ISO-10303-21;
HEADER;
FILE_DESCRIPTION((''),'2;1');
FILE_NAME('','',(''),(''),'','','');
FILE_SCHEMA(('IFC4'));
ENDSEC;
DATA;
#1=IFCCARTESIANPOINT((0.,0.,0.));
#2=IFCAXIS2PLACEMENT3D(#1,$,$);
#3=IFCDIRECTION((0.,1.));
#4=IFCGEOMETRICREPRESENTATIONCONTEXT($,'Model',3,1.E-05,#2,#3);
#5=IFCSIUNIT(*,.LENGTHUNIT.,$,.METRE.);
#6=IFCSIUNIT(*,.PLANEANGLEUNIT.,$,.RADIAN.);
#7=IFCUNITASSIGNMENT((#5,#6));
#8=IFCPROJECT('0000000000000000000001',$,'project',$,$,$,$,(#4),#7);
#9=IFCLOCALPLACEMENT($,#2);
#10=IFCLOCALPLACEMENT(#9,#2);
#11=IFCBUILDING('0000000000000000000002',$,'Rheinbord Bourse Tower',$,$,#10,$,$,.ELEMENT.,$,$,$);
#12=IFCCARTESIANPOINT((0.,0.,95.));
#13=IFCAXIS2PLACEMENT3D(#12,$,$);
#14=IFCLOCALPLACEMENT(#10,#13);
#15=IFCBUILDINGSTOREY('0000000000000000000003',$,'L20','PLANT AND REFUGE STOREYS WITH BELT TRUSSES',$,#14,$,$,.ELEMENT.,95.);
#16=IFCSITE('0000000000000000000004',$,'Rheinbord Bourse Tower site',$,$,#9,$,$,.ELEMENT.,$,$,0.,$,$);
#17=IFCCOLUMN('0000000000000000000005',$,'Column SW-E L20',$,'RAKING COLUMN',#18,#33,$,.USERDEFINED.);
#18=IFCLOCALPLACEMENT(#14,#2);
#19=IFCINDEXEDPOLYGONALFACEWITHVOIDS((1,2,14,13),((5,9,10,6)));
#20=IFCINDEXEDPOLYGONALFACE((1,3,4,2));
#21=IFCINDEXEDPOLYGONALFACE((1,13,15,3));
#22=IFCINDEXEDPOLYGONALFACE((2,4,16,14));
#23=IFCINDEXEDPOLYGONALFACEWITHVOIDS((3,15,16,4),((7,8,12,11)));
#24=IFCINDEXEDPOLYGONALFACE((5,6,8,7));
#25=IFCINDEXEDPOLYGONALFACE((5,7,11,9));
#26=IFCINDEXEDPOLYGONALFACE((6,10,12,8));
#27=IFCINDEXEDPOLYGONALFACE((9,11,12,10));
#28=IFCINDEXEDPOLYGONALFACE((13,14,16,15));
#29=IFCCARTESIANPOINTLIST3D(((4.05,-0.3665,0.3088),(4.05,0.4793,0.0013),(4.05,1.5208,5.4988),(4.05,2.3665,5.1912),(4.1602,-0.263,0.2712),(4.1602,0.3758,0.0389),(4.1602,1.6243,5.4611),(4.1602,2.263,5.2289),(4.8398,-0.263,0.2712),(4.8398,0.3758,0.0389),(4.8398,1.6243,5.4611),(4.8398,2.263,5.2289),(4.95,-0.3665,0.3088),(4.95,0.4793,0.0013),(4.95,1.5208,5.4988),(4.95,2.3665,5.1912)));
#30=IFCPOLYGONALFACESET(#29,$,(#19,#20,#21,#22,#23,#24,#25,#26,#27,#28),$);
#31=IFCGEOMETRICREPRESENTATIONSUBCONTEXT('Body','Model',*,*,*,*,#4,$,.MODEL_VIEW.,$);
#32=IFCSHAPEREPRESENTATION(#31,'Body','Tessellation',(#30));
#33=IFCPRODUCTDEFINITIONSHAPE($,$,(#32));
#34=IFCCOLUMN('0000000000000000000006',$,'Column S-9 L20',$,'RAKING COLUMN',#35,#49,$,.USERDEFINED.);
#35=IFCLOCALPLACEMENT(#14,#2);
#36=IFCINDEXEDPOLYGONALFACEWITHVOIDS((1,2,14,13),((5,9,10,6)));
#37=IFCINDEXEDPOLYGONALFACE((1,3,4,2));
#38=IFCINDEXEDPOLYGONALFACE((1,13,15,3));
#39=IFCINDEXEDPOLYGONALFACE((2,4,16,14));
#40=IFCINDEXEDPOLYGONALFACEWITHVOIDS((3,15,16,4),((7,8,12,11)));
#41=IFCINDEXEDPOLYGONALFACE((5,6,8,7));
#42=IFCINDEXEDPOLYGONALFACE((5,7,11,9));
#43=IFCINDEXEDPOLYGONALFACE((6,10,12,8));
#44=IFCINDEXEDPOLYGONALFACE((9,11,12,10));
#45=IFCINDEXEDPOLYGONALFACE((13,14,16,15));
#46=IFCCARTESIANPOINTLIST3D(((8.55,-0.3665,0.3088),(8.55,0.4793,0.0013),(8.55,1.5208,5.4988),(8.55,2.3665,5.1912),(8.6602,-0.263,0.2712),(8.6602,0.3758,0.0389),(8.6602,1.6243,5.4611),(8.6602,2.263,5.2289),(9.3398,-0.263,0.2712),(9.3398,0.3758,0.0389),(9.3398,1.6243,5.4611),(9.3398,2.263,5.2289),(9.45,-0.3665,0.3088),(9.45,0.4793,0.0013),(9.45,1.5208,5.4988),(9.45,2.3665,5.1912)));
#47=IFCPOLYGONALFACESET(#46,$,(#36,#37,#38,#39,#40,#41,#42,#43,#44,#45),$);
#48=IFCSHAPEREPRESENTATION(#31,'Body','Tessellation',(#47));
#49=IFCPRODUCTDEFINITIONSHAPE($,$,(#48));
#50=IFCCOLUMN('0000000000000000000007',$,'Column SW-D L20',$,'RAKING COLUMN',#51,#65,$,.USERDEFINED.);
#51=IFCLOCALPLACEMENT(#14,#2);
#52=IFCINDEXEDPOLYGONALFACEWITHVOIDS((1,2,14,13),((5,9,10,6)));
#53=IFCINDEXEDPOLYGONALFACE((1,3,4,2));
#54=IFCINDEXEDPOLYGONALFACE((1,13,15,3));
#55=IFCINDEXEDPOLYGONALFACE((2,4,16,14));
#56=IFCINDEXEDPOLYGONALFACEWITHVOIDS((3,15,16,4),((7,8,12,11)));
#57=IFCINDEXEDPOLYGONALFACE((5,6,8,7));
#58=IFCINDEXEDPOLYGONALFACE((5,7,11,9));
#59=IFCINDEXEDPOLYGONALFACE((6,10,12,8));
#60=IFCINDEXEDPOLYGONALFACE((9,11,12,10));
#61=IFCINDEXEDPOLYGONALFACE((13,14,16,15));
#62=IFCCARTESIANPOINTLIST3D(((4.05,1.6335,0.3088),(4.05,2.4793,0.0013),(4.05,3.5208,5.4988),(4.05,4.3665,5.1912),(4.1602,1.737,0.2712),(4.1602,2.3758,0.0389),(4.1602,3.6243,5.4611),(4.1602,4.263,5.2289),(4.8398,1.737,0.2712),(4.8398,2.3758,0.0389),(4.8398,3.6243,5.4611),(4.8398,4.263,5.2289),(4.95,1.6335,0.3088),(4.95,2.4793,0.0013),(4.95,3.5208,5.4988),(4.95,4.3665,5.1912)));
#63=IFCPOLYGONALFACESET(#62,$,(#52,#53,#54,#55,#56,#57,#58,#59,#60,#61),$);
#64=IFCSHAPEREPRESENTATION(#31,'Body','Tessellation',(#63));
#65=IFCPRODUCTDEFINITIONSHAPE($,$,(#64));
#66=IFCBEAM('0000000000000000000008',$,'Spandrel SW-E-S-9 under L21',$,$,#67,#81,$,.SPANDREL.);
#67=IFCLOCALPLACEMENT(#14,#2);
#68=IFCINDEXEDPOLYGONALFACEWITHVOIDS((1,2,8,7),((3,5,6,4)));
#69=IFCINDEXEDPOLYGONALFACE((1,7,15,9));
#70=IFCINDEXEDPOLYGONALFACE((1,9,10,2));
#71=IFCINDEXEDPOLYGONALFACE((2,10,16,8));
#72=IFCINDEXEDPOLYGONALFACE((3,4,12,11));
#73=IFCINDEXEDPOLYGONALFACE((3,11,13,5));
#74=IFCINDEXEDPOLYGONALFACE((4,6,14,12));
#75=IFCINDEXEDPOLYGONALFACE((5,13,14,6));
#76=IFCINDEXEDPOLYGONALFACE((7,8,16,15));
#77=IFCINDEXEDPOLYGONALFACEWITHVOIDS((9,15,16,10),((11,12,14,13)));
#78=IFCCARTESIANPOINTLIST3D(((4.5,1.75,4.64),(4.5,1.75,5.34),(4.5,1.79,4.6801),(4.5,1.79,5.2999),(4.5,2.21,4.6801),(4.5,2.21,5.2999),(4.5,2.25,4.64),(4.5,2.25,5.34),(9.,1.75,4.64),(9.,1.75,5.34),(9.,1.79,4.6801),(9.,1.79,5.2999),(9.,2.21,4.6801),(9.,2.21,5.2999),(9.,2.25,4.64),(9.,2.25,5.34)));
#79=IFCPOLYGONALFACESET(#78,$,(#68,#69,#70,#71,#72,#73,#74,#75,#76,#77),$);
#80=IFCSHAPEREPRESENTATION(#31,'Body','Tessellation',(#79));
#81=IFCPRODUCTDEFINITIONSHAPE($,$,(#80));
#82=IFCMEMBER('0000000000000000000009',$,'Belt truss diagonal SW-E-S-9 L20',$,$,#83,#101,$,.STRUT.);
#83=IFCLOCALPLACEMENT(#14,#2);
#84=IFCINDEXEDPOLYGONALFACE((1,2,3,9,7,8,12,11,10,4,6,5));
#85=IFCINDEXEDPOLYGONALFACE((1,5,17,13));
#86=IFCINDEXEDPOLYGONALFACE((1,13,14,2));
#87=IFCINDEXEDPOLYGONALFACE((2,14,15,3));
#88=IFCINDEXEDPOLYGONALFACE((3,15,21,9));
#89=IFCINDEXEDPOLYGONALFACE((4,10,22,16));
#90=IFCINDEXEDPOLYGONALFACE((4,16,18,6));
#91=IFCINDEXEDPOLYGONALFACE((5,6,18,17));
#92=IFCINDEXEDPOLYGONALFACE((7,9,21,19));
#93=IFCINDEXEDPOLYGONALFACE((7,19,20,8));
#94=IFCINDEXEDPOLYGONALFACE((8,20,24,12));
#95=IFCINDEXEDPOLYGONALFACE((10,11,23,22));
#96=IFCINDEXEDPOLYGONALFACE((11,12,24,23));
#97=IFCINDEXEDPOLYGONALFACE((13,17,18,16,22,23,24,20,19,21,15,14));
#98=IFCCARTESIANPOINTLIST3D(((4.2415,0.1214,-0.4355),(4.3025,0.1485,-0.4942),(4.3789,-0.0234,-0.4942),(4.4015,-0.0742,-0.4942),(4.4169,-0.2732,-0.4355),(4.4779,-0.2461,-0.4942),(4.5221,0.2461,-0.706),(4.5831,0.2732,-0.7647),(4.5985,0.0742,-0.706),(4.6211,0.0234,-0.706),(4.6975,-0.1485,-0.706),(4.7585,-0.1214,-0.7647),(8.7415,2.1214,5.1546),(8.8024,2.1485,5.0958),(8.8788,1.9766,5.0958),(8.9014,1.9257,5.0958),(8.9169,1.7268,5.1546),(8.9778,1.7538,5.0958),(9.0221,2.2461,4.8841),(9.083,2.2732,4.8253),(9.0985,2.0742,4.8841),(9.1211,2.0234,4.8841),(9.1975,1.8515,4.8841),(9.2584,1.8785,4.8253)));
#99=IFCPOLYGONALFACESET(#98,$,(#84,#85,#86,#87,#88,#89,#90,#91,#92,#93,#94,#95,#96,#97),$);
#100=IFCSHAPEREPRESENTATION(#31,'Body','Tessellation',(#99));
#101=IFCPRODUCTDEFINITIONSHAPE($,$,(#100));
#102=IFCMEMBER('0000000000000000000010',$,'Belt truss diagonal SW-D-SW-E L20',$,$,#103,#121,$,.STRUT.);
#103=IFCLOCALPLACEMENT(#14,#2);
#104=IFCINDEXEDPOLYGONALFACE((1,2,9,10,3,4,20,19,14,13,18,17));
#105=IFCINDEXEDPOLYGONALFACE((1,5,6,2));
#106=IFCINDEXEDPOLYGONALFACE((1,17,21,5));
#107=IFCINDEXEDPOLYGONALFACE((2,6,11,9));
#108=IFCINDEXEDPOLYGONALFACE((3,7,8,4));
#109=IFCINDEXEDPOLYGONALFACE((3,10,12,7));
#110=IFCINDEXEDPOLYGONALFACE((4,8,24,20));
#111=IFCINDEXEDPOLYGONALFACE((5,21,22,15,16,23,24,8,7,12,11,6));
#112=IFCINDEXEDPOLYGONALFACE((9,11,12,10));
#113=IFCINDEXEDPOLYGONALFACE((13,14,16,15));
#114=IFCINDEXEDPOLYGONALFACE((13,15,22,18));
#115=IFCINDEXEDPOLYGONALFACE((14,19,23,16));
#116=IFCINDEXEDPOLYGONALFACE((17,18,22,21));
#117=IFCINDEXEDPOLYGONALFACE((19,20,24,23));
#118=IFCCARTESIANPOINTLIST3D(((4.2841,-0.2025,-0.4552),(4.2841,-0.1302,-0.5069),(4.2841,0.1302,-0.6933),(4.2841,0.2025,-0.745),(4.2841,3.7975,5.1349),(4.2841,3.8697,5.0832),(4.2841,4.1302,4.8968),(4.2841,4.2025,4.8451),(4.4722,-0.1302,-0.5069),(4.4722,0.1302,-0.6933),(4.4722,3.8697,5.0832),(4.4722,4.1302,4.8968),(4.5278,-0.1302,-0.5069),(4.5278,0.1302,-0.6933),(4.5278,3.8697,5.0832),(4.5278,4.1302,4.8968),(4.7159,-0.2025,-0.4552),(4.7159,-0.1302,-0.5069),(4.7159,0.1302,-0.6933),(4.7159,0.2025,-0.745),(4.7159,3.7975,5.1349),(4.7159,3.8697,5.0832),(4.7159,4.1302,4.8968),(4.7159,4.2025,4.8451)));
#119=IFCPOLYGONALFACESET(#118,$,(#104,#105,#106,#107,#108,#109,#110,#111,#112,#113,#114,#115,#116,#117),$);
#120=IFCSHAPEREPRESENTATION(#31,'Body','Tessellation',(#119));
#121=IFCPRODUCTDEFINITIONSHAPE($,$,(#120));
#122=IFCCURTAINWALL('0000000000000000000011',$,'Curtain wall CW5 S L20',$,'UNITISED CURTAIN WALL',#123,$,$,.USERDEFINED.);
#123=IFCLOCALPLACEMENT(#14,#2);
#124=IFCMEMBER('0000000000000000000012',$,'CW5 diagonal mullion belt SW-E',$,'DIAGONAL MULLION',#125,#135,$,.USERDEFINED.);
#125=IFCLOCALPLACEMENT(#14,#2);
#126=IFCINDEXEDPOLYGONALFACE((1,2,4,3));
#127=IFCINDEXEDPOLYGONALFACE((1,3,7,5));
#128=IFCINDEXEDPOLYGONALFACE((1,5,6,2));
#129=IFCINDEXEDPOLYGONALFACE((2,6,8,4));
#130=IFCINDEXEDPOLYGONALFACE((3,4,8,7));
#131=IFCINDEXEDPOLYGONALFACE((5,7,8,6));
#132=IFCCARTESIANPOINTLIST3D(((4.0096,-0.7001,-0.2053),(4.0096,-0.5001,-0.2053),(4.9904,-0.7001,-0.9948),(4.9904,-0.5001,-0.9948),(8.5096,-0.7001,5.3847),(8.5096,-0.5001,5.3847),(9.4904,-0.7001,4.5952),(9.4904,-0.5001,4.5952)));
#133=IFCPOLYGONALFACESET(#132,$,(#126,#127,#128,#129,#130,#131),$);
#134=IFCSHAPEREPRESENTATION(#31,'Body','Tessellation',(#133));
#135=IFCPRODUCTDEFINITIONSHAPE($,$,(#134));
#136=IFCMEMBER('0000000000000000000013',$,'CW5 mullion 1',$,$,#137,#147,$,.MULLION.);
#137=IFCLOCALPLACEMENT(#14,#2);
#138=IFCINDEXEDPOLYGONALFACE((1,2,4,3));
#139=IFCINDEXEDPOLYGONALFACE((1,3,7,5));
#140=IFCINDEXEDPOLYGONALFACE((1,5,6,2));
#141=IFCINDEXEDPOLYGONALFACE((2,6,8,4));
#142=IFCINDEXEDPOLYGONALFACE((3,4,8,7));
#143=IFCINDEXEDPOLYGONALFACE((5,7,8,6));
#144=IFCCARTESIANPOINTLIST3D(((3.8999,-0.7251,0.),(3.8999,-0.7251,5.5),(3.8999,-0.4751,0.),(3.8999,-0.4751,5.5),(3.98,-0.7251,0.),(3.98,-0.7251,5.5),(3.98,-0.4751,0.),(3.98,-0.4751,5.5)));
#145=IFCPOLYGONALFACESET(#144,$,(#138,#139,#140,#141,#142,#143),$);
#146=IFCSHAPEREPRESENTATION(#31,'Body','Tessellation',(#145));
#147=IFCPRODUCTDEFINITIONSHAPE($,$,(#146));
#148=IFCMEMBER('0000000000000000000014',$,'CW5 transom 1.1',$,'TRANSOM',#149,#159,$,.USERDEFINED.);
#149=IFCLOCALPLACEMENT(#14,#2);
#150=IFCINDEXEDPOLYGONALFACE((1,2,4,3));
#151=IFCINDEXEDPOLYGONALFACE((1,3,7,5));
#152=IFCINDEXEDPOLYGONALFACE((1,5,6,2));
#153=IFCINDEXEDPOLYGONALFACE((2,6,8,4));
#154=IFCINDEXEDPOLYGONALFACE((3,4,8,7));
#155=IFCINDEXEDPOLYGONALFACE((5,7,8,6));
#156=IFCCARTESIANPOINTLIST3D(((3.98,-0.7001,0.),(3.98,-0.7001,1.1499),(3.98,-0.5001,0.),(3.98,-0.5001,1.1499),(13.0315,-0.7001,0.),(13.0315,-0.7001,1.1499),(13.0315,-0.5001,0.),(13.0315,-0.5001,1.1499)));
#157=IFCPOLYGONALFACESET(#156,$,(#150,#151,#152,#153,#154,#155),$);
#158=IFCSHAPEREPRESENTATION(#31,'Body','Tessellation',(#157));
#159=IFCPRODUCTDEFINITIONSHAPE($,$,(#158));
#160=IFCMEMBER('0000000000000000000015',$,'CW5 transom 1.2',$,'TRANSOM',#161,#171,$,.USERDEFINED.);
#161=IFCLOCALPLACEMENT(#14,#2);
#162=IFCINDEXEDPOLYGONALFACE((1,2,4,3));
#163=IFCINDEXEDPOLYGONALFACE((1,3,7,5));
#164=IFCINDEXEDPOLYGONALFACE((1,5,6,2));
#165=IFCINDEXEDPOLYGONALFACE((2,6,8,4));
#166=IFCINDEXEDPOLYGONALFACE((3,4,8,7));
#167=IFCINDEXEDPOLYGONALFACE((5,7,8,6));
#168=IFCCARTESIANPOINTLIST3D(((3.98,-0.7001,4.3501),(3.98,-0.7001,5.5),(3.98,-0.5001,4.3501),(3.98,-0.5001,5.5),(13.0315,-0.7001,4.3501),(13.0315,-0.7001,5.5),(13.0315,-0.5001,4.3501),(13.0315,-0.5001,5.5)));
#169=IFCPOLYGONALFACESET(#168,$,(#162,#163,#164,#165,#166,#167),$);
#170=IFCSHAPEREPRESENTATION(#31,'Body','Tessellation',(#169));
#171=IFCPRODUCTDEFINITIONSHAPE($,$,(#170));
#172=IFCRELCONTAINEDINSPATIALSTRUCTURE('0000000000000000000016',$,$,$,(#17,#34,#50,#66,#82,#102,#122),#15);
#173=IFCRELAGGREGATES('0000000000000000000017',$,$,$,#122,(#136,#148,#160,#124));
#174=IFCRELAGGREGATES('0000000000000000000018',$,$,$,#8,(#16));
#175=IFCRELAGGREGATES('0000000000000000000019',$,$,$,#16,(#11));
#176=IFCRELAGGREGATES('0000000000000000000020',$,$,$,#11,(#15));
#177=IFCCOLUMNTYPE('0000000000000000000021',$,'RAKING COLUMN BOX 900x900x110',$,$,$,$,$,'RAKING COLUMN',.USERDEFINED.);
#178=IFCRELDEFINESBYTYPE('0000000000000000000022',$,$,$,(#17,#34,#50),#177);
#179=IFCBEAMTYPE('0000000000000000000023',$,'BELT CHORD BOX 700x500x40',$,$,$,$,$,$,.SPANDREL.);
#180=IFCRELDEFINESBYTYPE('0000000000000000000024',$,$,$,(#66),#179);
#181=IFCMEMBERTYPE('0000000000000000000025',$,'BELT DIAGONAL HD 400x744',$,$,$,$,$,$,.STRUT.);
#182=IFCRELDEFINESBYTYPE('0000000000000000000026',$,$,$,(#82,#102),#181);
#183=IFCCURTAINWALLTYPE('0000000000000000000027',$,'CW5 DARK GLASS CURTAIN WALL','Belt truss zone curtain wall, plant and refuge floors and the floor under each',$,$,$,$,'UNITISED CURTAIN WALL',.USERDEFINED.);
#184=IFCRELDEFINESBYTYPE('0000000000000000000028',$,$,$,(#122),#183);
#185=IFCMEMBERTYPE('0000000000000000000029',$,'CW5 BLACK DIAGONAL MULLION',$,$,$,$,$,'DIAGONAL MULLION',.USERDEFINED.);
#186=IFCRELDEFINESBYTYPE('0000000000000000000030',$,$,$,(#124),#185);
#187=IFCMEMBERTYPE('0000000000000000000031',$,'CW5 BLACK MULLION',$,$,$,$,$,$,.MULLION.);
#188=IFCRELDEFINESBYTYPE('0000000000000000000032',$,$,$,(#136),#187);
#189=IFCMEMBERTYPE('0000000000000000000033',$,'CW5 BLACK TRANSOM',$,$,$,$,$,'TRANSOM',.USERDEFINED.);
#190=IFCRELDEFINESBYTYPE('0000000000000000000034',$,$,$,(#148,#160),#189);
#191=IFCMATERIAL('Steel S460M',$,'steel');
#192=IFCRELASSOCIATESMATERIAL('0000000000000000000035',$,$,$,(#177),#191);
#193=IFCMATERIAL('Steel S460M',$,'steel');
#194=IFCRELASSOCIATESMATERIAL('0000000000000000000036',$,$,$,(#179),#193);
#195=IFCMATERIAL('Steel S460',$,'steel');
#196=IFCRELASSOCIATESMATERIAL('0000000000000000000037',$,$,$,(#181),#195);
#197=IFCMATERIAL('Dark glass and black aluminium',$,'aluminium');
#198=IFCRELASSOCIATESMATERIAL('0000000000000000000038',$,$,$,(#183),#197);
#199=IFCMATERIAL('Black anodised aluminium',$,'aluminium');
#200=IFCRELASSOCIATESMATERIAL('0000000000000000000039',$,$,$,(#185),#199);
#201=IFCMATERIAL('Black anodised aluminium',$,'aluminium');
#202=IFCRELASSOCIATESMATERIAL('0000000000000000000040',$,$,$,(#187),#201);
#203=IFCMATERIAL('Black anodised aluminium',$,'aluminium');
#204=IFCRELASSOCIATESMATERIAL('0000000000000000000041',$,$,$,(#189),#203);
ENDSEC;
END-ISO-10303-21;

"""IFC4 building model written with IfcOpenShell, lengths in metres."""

from ifc_helpers import new_model, si_unit, direction, frame, origin, origin_2d, place, context, subcontext, project, spatial, rectangle, hollow_rectangle, i_section, extrude, material, material_profile, profile_set, type_object, element, aggregate, save


model = new_model("IFC4")

# Units and contexts
model_context = context("Model", 3, precision=1e-05, world=origin(), true_north=direction((0.0, 1.0)))
body_context = subcontext(model_context, "Body", "Model", "MODEL_VIEW")
ifc_project = project(units=[si_unit("LENGTHUNIT", "METRE"), si_unit("PLANEANGLEUNIT", "RADIAN")], contexts=[model_context])

# Site, building, storey
site_placement = place(None, origin())
site = spatial("IfcSite", under=ifc_project, at=site_placement, Name="Rheinbord Bourse Tower site", CompositionType="ELEMENT", RefElevation=0.0)
building_placement = place(site_placement, origin())
building = spatial("IfcBuilding", under=site, at=building_placement, Name="Rheinbord Bourse Tower", CompositionType="ELEMENT")
storey_placement = place(building_placement, frame((0.0, 0.0, 95.0)))
storey = spatial("IfcBuildingStorey", under=building, at=storey_placement, Name="L20", Description="PLANT AND REFUGE STOREYS WITH BELT TRUSSES", CompositionType="ELEMENT", Elevation=95.0)

# Columns
ifc_material_1 = material(Name="Steel S460M", Category="steel")
ifc_material_profile_1 = material_profile(ifc_material_1, hollow_rectangle(XDim=0.8999, YDim=0.8999, WallThickness=0.1101, at=origin_2d()), Name="BOX 900x900x110")
ifc_profile_set_1 = profile_set([ifc_material_profile_1], Name="Steel S460M")
column_type = type_object("IfcColumnType", Name="RAKING COLUMN BOX 900x900x110", ElementType="RAKING COLUMN", PredefinedType="USERDEFINED", material=ifc_profile_set_1)
for number, where, z_axis, x_axis, name in (
    (1, (4.5, 0.0564, 0.155), (0.0, 0.341743, 0.939793), (0.0, -0.939793, 0.341743), "Column SW-E L20"),
    (2, (9.0, 0.0564, 0.155), (0.0, 0.341743, 0.939793), (0.0, -0.939793, 0.341743), "Column S-9 L20"),
    (3, (4.5, 2.0564, 0.155), (0.0, 0.341743, 0.939793), (0.0, -0.939793, 0.341743), "Column SW-D L20"),
):
    element("IfcColumn", number, at=place(storey_placement, frame(where, z_axis=z_axis, x_axis=x_axis)), inside=storey, type_object=column_type, Name=name, ObjectType="RAKING COLUMN", PredefinedType="USERDEFINED", context=body_context, shape_type="SweptSolid", body=[
        extrude(hollow_rectangle(XDim=0.8999, YDim=0.8999, WallThickness=0.1101, at=origin_2d()), origin(), (0.0, 0.0, 1.0), 5.5225),
    ])

# Beam
ifc_material_2 = material(Name="Steel S460M", Category="steel")
ifc_material_profile_2 = material_profile(ifc_material_2, hollow_rectangle(XDim=0.5, YDim=0.7, WallThickness=0.04, at=origin_2d()), Name="BOX 700x500x40")
ifc_profile_set_2 = profile_set([ifc_material_profile_2], Name="Steel S460M")
beam_type_1 = type_object("IfcBeamType", Name="BELT CHORD BOX 700x500x40", PredefinedType="SPANDREL", material=ifc_profile_set_2)
beam_1_placement = place(storey_placement, frame((4.5, 2.0, 4.99), z_axis=(1.0, 0.0, 0.0), x_axis=(0.0, 1.0, 0.0)))
element("IfcBeam", 4, at=beam_1_placement, inside=storey, type_object=beam_type_1, Name="Spandrel SW-E-S-9 under L21", PredefinedType="SPANDREL", context=body_context, shape_type="SweptSolid", body=[
    extrude(hollow_rectangle(XDim=0.5, YDim=0.7, WallThickness=0.04, at=origin_2d()), origin(), (0.0, 0.0, 1.0), 4.5),
])

# Members
ifc_material_3 = material(Name="Steel S460", Category="steel")
ifc_material_profile_3 = material_profile(ifc_material_3, i_section(OverallWidth=0.4319, OverallDepth=0.498, WebThickness=0.0557, FlangeThickness=0.0889, at=origin_2d()), Name="HD 400x744")
ifc_profile_set_3 = profile_set([ifc_material_profile_3], Name="Steel S460")
member_type_1 = type_object("IfcMemberType", Name="BELT DIAGONAL HD 400x744", PredefinedType="STRUT", material=ifc_profile_set_3)
member_1_placement = place(storey_placement, frame((4.5, 0.0, -0.6001), z_axis=(0.604045, 0.268465, 0.75037), x_axis=(-0.406138, 0.913812, 0.0)))
element("IfcMember", 5, at=member_1_placement, inside=storey, type_object=member_type_1, Name="Belt truss diagonal SW-E-S-9 L20", PredefinedType="STRUT", context=body_context, shape_type="SweptSolid", body=[
    extrude(i_section(OverallWidth=0.4319, OverallDepth=0.498, WebThickness=0.0557, FlangeThickness=0.0889, at=origin_2d()), origin(), (0.0, 0.0, 1.0), 7.4497),
])
member_2_placement = place(storey_placement, frame((4.5, 0.0, -0.6001), z_axis=(0.0, 0.58192, 0.813246), x_axis=(-1.0, 0.0, 0.0)))
element("IfcMember", 6, at=member_2_placement, inside=storey, type_object=member_type_1, Name="Belt truss diagonal SW-D-SW-E L20", PredefinedType="STRUT", context=body_context, shape_type="SweptSolid", body=[
    extrude(i_section(OverallWidth=0.4319, OverallDepth=0.498, WebThickness=0.0557, FlangeThickness=0.0889, at=origin_2d()), origin(), (0.0, 0.0, 1.0), 6.8738),
])

# Curtain wall, members
ifc_material_4 = material(Name="Dark glass and black aluminium", Category="aluminium")
curtain_wall_type = type_object("IfcCurtainWallType", Name="CW5 DARK GLASS CURTAIN WALL", Description="Belt truss zone curtain wall, plant and refuge floors and the floor under each", ElementType="UNITISED CURTAIN WALL", PredefinedType="USERDEFINED", material=ifc_material_4)
curtain_wall_placement = place(storey_placement, origin())
curtain_wall = element("IfcCurtainWall", 7, at=curtain_wall_placement, inside=storey, type_object=curtain_wall_type, Name="Curtain wall CW5 S L20", ObjectType="UNITISED CURTAIN WALL", PredefinedType="USERDEFINED")
ifc_material_5 = material(Name="Black anodised aluminium", Category="aluminium")
ifc_material_profile_4 = material_profile(ifc_material_5, rectangle(XDim=0.2, YDim=1.259, at=origin_2d()), Name="CW5 DIAGONAL MULLION 1259x200")
ifc_profile_set_4 = profile_set([ifc_material_profile_4], Name="Black anodised aluminium")
member_type_2 = type_object("IfcMemberType", Name="CW5 BLACK DIAGONAL MULLION", ElementType="DIAGONAL MULLION", PredefinedType="USERDEFINED", material=ifc_profile_set_4)
member_3_placement = place(storey_placement, frame((4.5, -0.6001, -0.6001), z_axis=(0.627065, 0.0, 0.778967), x_axis=(0.0, 1.0, 0.0)))
member_3 = element("IfcMember", 8, at=member_3_placement, type_object=member_type_2, Name="CW5 diagonal mullion belt SW-E", ObjectType="DIAGONAL MULLION", PredefinedType="USERDEFINED", context=body_context, shape_type="SweptSolid", body=[
    extrude(rectangle(XDim=0.2, YDim=1.259, at=origin_2d()), origin(), (0.0, 0.0, 1.0), 7.1763),
])
ifc_material_6 = material(Name="Black anodised aluminium", Category="aluminium")
ifc_material_profile_5 = material_profile(ifc_material_6, rectangle(XDim=0.25, YDim=0.0801, at=origin_2d()), Name="CW5 MULLION 80x250")
ifc_profile_set_5 = profile_set([ifc_material_profile_5], Name="Black anodised aluminium")
member_type_3 = type_object("IfcMemberType", Name="CW5 BLACK MULLION", PredefinedType="MULLION", material=ifc_profile_set_5)
member_4_placement = place(storey_placement, frame((3.9399, -0.6001, 0.0), z_axis=(0.0, 0.0, 1.0), x_axis=(0.0, 1.0, 0.0)))
member_4 = element("IfcMember", 9, at=member_4_placement, type_object=member_type_3, Name="CW5 mullion 1", PredefinedType="MULLION", context=body_context, shape_type="SweptSolid", body=[
    extrude(rectangle(XDim=0.25, YDim=0.0801, at=origin_2d()), origin(), (0.0, 0.0, 1.0), 5.5),
])
ifc_material_7 = material(Name="Black anodised aluminium", Category="aluminium")
ifc_material_profile_6 = material_profile(ifc_material_7, rectangle(XDim=0.2, YDim=1.1499, at=origin_2d()), Name="CW5 TRANSOM 1150x200")
ifc_profile_set_6 = profile_set([ifc_material_profile_6], Name="Black anodised aluminium")
member_type_4 = type_object("IfcMemberType", Name="CW5 BLACK TRANSOM", ElementType="TRANSOM", PredefinedType="USERDEFINED", material=ifc_profile_set_6)
member_5_placement = place(storey_placement, frame((3.98, -0.6001, 0.575), z_axis=(1.0, 0.0, 0.0), x_axis=(0.0, 1.0, 0.0)))
member_5 = element("IfcMember", 10, at=member_5_placement, type_object=member_type_4, Name="CW5 transom 1.1", ObjectType="TRANSOM", PredefinedType="USERDEFINED", context=body_context, shape_type="SweptSolid", body=[
    extrude(rectangle(XDim=0.2, YDim=1.1499, at=origin_2d()), origin(), (0.0, 0.0, 1.0), 9.0515),
])
member_6_placement = place(storey_placement, frame((3.98, -0.6001, 4.925), z_axis=(1.0, 0.0, 0.0), x_axis=(0.0, 1.0, 0.0)))
member_6 = element("IfcMember", 11, at=member_6_placement, type_object=member_type_4, Name="CW5 transom 1.2", ObjectType="TRANSOM", PredefinedType="USERDEFINED", context=body_context, shape_type="SweptSolid", body=[
    extrude(rectangle(XDim=0.2, YDim=1.1499, at=origin_2d()), origin(), (0.0, 0.0, 1.0), 9.0515),
])

aggregate(curtain_wall, [member_4, member_5, member_6, member_3])

save(model, "model.ifc")
